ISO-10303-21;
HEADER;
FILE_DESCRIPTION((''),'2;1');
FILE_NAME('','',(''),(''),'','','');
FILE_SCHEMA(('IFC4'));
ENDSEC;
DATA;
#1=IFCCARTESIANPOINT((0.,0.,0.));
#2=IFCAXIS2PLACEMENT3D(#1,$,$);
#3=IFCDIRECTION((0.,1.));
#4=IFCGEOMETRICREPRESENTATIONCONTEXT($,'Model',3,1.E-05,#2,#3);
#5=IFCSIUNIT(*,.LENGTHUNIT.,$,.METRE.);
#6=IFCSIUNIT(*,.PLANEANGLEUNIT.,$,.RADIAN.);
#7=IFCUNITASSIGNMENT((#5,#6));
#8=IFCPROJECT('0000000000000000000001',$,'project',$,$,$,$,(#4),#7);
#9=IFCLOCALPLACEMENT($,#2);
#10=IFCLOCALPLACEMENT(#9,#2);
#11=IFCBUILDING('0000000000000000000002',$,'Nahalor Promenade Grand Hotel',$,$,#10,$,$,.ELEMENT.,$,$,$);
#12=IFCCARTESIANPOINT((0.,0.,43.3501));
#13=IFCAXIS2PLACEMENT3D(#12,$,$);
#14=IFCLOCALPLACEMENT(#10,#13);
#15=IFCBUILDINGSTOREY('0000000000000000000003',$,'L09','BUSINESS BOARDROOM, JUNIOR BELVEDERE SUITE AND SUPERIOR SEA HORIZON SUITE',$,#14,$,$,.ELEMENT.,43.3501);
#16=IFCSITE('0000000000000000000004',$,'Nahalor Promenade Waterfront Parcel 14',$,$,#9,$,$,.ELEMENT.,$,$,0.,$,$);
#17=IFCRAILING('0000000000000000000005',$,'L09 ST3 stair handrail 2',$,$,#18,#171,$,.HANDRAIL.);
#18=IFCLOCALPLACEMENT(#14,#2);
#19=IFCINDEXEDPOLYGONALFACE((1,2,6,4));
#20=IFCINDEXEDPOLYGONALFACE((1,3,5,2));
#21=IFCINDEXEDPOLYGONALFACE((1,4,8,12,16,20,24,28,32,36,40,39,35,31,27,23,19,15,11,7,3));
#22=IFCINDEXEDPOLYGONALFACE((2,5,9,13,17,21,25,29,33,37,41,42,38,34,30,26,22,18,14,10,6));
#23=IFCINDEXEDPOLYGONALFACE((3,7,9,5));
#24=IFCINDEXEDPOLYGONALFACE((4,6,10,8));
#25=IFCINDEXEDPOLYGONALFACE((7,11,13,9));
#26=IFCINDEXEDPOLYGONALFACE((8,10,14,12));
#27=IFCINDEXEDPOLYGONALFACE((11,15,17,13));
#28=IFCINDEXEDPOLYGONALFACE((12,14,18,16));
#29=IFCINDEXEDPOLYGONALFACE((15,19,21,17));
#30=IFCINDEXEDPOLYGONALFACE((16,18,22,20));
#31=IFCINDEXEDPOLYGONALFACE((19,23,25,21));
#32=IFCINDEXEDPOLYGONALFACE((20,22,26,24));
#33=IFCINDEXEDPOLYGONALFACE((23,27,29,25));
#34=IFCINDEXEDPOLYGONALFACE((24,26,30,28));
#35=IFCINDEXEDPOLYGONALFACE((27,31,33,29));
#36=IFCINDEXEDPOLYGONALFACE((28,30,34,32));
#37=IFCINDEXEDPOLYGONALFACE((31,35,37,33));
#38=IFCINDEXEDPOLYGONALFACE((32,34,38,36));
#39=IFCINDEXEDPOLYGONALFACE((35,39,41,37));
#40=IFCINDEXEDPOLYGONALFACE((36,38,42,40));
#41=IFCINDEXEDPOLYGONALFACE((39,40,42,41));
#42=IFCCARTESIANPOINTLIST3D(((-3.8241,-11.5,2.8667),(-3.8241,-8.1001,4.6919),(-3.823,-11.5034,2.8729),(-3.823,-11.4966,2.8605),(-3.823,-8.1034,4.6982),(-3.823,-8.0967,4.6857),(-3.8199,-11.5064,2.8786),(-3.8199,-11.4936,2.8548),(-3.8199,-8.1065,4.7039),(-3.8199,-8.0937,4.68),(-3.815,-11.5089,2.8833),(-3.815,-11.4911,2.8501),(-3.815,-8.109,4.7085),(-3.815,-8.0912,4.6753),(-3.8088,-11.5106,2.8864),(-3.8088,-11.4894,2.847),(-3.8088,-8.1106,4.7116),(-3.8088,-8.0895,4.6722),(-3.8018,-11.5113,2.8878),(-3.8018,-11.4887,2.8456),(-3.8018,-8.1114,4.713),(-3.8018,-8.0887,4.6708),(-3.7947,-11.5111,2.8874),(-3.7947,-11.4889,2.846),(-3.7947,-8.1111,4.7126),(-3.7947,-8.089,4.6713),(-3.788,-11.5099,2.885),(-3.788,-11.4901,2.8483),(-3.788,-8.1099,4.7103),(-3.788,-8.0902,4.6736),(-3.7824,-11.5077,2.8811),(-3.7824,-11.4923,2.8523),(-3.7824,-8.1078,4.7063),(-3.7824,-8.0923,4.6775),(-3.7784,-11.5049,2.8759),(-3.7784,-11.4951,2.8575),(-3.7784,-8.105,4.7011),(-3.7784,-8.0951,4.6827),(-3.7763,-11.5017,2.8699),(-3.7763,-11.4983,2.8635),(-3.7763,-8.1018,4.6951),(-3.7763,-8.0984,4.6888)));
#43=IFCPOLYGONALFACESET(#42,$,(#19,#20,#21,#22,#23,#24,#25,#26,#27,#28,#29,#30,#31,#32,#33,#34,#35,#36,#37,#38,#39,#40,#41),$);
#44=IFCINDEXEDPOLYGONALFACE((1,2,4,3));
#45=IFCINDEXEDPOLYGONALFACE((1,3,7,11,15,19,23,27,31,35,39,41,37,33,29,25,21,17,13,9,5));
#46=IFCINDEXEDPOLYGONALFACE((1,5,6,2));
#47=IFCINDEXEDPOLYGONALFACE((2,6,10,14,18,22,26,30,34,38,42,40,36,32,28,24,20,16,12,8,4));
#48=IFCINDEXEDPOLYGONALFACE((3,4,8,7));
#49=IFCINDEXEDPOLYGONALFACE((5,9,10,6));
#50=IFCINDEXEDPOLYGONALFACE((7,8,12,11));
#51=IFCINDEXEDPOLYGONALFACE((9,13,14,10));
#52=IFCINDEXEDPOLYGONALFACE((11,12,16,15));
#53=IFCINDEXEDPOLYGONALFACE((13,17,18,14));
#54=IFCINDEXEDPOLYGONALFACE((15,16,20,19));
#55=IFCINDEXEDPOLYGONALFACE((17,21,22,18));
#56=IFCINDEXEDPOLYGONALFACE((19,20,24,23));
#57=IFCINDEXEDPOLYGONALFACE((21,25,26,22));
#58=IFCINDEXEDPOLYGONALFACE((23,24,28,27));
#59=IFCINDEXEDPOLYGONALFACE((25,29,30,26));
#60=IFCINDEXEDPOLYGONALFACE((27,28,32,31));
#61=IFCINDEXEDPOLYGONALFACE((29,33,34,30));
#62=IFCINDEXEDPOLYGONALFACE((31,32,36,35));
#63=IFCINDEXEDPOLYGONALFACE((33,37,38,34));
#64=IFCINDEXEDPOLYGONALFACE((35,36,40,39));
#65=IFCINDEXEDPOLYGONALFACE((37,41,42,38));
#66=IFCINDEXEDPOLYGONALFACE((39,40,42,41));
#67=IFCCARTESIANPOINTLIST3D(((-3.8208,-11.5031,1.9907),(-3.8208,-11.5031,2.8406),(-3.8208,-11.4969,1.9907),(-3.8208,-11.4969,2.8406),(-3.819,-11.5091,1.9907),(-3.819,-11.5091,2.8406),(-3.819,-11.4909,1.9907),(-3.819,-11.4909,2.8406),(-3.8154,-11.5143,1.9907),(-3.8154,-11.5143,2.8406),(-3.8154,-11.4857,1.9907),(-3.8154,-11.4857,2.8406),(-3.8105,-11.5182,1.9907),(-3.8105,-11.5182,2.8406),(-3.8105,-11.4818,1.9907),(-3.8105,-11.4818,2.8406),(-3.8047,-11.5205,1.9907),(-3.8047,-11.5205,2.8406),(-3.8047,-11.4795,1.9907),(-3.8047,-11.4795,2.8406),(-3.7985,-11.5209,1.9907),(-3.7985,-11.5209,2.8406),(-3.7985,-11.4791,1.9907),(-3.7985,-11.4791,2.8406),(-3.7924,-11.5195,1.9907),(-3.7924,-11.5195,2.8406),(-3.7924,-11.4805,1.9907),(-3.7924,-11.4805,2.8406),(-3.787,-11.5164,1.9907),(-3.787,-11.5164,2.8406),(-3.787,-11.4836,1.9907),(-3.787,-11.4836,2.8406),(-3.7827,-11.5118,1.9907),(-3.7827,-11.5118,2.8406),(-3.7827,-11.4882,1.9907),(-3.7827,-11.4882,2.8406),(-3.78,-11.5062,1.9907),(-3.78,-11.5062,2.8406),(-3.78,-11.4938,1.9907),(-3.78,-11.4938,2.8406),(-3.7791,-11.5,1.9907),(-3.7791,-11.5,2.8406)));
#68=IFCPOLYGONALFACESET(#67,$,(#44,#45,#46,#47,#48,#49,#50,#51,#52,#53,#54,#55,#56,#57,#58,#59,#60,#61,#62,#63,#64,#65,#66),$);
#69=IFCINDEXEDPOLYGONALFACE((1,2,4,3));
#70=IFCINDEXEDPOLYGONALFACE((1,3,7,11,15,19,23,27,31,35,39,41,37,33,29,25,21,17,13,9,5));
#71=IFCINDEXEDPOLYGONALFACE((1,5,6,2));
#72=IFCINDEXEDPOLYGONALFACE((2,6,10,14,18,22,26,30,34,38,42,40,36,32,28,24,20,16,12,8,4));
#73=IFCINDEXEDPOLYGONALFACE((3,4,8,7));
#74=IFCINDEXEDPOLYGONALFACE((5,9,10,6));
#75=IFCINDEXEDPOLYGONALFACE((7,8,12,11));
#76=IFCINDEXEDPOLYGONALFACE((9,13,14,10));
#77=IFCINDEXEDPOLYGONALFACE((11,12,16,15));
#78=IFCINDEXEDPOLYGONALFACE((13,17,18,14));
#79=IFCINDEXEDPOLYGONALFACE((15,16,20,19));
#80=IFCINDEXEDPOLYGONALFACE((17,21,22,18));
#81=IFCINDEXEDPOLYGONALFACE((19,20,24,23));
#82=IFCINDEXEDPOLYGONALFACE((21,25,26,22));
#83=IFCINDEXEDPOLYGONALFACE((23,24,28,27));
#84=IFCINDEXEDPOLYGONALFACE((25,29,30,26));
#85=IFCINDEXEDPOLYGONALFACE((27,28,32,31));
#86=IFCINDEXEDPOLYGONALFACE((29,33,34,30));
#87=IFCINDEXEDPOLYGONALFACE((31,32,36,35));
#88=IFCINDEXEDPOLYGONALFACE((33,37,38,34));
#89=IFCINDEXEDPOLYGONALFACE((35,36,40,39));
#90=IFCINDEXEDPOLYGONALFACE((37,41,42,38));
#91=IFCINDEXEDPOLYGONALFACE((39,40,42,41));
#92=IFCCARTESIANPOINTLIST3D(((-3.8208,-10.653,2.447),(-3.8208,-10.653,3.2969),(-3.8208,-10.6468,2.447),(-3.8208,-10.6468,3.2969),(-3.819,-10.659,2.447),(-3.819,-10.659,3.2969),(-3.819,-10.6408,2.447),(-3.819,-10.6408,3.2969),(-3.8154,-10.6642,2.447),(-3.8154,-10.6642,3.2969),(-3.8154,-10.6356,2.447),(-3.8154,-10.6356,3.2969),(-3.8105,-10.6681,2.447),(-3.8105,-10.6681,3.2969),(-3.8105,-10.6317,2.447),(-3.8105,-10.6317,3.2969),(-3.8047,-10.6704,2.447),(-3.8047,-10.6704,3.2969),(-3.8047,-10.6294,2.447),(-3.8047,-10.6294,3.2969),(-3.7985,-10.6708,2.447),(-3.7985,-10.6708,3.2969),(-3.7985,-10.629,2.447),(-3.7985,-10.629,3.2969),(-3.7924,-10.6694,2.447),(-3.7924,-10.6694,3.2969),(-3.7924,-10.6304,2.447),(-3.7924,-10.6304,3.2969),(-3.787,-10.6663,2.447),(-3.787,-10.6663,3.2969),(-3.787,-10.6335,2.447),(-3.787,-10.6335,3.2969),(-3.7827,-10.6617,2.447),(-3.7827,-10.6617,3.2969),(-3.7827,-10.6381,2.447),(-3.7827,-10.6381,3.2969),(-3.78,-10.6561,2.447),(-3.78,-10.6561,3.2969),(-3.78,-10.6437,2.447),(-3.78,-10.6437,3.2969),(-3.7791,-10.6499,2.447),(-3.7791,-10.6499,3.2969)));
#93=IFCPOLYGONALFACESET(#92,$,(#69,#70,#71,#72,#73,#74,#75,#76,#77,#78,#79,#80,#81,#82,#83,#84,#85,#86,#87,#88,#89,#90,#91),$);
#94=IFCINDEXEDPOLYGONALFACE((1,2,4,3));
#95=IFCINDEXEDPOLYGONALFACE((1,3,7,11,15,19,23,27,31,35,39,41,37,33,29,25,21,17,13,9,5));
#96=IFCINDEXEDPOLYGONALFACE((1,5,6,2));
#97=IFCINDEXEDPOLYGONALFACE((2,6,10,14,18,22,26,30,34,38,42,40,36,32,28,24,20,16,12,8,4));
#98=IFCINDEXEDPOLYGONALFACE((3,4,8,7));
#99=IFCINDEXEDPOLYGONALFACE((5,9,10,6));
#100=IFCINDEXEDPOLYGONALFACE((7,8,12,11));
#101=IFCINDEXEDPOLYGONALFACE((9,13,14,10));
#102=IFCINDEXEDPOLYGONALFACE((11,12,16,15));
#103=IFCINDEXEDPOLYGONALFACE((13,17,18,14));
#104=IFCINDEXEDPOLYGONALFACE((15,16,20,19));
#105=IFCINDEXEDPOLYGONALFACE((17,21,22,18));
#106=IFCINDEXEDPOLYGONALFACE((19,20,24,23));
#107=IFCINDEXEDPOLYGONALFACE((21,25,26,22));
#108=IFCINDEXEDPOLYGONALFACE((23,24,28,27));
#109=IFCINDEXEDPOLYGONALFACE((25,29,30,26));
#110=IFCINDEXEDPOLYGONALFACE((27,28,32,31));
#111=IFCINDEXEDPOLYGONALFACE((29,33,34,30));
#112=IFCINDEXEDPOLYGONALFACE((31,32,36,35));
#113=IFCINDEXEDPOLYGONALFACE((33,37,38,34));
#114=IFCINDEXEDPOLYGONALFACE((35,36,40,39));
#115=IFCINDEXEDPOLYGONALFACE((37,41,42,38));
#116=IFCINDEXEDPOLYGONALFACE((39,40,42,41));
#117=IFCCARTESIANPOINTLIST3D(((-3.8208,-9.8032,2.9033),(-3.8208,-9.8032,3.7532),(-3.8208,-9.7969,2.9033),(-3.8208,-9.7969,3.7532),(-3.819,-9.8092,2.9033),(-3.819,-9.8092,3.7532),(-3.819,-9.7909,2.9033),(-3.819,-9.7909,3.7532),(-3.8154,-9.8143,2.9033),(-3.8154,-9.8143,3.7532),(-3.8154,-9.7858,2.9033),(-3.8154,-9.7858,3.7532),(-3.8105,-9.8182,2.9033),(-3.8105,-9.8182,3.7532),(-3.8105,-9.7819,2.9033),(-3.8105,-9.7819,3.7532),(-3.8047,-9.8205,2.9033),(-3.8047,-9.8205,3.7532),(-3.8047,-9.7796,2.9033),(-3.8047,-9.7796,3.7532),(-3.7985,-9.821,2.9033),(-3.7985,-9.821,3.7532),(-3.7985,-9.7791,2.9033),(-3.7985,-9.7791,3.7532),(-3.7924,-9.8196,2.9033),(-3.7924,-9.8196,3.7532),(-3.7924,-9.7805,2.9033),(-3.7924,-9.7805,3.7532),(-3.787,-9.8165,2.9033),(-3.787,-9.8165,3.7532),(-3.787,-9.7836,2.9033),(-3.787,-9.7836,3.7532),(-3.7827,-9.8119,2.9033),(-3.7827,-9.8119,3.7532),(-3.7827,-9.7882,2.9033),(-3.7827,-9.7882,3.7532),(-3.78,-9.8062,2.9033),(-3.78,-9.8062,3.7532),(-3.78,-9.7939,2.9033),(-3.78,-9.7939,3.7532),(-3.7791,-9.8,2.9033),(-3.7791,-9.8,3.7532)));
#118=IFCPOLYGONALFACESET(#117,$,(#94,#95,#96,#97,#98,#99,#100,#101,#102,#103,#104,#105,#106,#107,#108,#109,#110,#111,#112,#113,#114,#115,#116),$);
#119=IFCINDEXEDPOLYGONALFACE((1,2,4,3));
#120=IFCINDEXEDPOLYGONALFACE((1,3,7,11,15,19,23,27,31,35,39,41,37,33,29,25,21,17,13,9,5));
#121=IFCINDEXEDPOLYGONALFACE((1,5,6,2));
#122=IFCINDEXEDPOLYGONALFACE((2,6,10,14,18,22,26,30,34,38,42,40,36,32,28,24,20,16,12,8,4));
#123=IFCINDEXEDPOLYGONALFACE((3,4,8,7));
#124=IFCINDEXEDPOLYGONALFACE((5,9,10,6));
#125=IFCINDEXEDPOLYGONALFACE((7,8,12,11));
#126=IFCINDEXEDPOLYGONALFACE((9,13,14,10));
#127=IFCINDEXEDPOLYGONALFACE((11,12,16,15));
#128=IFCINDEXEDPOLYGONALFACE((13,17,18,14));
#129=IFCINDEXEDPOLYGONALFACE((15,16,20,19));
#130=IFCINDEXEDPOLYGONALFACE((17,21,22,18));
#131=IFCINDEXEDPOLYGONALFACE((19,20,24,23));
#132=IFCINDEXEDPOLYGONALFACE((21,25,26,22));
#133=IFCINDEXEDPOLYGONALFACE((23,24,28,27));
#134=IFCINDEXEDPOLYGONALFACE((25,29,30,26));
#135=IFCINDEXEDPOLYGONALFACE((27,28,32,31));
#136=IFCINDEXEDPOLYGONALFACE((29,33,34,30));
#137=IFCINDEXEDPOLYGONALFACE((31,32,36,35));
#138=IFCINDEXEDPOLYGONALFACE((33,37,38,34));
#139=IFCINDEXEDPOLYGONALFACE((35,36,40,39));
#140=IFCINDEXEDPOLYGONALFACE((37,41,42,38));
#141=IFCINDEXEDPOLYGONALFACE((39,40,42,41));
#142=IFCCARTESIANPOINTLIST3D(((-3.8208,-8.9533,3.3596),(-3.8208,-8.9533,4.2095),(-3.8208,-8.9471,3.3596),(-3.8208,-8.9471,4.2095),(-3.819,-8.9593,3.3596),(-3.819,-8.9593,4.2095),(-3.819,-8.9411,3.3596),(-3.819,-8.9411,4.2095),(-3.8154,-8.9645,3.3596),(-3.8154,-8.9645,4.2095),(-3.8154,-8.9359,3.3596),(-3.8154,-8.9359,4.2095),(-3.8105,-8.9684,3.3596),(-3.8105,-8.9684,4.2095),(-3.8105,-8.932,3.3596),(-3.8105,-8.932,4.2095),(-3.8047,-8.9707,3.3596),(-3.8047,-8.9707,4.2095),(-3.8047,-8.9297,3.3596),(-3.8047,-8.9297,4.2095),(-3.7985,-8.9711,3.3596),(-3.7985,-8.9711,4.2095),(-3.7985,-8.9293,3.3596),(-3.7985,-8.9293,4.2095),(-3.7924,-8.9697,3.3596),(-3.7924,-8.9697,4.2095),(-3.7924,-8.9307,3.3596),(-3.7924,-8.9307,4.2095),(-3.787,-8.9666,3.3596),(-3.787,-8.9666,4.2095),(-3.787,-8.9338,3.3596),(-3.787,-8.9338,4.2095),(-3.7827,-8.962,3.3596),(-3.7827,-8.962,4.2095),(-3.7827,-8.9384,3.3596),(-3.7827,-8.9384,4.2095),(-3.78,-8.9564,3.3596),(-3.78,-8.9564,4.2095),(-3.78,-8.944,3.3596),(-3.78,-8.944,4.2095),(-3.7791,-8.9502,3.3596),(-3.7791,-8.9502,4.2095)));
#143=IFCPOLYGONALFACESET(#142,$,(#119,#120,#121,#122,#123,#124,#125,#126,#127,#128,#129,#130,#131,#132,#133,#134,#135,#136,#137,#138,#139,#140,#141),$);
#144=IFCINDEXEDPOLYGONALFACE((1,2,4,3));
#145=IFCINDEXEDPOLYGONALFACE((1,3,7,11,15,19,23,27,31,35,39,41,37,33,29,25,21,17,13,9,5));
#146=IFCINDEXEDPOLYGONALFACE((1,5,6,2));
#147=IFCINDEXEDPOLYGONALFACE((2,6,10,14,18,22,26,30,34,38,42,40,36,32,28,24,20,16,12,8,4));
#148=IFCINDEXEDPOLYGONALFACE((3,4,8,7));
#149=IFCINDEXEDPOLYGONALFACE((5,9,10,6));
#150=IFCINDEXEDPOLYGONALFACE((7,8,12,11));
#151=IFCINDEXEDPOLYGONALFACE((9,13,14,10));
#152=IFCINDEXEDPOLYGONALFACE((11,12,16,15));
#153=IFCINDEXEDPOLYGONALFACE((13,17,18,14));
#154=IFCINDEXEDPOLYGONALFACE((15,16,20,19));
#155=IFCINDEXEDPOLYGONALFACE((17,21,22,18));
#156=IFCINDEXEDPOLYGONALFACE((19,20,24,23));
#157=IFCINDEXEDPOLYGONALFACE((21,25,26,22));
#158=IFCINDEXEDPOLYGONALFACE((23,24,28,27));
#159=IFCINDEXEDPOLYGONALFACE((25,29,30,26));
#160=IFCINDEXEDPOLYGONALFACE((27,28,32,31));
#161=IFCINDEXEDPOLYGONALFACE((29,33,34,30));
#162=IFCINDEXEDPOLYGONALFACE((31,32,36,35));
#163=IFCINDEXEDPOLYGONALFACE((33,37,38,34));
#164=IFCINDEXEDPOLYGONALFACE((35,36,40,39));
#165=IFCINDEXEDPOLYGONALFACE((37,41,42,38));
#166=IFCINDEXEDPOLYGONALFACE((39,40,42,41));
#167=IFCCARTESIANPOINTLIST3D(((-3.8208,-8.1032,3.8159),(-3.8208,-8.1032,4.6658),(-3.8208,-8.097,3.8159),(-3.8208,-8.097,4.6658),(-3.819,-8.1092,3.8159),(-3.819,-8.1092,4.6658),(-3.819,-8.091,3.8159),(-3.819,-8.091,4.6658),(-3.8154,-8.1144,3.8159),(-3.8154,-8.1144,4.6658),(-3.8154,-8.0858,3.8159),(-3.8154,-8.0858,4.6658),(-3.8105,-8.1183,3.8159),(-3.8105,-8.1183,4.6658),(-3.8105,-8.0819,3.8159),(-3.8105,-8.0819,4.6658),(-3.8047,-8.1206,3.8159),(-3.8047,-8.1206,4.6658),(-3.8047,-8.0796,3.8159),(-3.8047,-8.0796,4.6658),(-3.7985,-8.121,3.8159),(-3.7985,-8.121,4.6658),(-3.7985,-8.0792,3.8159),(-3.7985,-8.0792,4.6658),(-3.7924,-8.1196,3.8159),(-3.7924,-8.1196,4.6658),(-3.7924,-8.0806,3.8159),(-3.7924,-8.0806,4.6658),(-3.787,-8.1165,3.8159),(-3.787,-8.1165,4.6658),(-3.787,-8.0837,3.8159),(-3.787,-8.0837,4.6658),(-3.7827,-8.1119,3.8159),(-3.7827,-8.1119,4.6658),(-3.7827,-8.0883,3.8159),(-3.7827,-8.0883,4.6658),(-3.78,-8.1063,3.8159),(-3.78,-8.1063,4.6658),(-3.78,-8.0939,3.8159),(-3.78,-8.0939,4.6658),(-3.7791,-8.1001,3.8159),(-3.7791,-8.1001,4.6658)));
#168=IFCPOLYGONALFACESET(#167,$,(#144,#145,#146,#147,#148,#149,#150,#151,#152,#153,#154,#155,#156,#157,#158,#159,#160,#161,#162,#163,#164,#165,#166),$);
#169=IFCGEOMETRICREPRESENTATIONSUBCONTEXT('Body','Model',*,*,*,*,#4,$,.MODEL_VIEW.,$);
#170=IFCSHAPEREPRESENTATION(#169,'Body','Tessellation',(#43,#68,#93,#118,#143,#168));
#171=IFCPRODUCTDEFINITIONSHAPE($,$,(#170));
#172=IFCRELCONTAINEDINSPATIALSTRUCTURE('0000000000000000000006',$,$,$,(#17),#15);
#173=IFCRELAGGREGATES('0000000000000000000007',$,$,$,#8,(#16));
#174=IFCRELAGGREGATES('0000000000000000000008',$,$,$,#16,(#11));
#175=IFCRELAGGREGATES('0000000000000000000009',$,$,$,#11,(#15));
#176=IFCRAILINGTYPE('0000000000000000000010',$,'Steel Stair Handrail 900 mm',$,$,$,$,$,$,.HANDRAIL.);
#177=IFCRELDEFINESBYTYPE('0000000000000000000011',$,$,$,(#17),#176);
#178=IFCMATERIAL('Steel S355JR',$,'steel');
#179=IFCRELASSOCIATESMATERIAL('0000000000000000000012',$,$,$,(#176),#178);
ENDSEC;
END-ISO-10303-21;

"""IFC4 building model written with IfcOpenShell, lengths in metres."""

from ifc_helpers import new_model, si_unit, direction, frame, origin, origin_2d, place, context, subcontext, project, spatial, circle, extrude, material, type_object, element, save


model = new_model("IFC4")

# Units and contexts
model_context = context("Model", 3, precision=1e-05, world=origin(), true_north=direction((0.0, 1.0)))
body_context = subcontext(model_context, "Body", "Model", "MODEL_VIEW")
ifc_project = project(units=[si_unit("LENGTHUNIT", "METRE"), si_unit("PLANEANGLEUNIT", "RADIAN")], contexts=[model_context])

# Site, building, storey
site_placement = place(None, origin())
site = spatial("IfcSite", under=ifc_project, at=site_placement, Name="Nahalor Promenade Waterfront Parcel 14", CompositionType="ELEMENT", RefElevation=0.0)
building_placement = place(site_placement, origin())
building = spatial("IfcBuilding", under=site, at=building_placement, Name="Nahalor Promenade Grand Hotel", CompositionType="ELEMENT")
storey_placement = place(building_placement, frame((0.0, 0.0, 43.3501)))
storey = spatial("IfcBuildingStorey", under=building, at=storey_placement, Name="L09", Description="BUSINESS BOARDROOM, JUNIOR BELVEDERE SUITE AND SUPERIOR SEA HORIZON SUITE", CompositionType="ELEMENT", Elevation=43.3501)

# Shared definitions
ifc_material_1 = material(Name="Steel S355JR", Category="steel")

# Railing
railing_type_1 = type_object("IfcRailingType", Name="Steel Stair Handrail 900 mm", PredefinedType="HANDRAIL", material=ifc_material_1)
railing_1_placement = place(storey_placement, frame((-3.8, -11.5, 1.9907)))
element("IfcRailing", 1, at=railing_1_placement, inside=storey, type_object=railing_type_1, Name="L09 ST3 stair handrail 2", PredefinedType="HANDRAIL", context=body_context, shape_type="SweptSolid", body=[
    extrude(circle(Radius=0.024, at=origin_2d()), frame((0.0, 0.0, 0.876), z_axis=(0.0, 0.881068, 0.47299), x_axis=(-1.0, 0.0, 0.0)), (0.0, 0.0, 1.0), 3.8589),
    extrude(circle(Radius=0.021, at=origin_2d()), origin(), (0.0, 0.0, 1.0), 0.8499),
    extrude(circle(Radius=0.021, at=origin_2d()), frame((0.0, 0.8501, 0.4563)), (0.0, 0.0, 1.0), 0.8499),
    extrude(circle(Radius=0.021, at=origin_2d()), frame((0.0, 1.7, 0.9126)), (0.0, 0.0, 1.0), 0.8499),
    extrude(circle(Radius=0.021, at=origin_2d()), frame((0.0, 2.5498, 1.3689)), (0.0, 0.0, 1.0), 0.8499),
    extrude(circle(Radius=0.021, at=origin_2d()), frame((0.0, 3.3999, 1.8252)), (0.0, 0.0, 1.0), 0.8499),
])

save(model, "model.ifc")
